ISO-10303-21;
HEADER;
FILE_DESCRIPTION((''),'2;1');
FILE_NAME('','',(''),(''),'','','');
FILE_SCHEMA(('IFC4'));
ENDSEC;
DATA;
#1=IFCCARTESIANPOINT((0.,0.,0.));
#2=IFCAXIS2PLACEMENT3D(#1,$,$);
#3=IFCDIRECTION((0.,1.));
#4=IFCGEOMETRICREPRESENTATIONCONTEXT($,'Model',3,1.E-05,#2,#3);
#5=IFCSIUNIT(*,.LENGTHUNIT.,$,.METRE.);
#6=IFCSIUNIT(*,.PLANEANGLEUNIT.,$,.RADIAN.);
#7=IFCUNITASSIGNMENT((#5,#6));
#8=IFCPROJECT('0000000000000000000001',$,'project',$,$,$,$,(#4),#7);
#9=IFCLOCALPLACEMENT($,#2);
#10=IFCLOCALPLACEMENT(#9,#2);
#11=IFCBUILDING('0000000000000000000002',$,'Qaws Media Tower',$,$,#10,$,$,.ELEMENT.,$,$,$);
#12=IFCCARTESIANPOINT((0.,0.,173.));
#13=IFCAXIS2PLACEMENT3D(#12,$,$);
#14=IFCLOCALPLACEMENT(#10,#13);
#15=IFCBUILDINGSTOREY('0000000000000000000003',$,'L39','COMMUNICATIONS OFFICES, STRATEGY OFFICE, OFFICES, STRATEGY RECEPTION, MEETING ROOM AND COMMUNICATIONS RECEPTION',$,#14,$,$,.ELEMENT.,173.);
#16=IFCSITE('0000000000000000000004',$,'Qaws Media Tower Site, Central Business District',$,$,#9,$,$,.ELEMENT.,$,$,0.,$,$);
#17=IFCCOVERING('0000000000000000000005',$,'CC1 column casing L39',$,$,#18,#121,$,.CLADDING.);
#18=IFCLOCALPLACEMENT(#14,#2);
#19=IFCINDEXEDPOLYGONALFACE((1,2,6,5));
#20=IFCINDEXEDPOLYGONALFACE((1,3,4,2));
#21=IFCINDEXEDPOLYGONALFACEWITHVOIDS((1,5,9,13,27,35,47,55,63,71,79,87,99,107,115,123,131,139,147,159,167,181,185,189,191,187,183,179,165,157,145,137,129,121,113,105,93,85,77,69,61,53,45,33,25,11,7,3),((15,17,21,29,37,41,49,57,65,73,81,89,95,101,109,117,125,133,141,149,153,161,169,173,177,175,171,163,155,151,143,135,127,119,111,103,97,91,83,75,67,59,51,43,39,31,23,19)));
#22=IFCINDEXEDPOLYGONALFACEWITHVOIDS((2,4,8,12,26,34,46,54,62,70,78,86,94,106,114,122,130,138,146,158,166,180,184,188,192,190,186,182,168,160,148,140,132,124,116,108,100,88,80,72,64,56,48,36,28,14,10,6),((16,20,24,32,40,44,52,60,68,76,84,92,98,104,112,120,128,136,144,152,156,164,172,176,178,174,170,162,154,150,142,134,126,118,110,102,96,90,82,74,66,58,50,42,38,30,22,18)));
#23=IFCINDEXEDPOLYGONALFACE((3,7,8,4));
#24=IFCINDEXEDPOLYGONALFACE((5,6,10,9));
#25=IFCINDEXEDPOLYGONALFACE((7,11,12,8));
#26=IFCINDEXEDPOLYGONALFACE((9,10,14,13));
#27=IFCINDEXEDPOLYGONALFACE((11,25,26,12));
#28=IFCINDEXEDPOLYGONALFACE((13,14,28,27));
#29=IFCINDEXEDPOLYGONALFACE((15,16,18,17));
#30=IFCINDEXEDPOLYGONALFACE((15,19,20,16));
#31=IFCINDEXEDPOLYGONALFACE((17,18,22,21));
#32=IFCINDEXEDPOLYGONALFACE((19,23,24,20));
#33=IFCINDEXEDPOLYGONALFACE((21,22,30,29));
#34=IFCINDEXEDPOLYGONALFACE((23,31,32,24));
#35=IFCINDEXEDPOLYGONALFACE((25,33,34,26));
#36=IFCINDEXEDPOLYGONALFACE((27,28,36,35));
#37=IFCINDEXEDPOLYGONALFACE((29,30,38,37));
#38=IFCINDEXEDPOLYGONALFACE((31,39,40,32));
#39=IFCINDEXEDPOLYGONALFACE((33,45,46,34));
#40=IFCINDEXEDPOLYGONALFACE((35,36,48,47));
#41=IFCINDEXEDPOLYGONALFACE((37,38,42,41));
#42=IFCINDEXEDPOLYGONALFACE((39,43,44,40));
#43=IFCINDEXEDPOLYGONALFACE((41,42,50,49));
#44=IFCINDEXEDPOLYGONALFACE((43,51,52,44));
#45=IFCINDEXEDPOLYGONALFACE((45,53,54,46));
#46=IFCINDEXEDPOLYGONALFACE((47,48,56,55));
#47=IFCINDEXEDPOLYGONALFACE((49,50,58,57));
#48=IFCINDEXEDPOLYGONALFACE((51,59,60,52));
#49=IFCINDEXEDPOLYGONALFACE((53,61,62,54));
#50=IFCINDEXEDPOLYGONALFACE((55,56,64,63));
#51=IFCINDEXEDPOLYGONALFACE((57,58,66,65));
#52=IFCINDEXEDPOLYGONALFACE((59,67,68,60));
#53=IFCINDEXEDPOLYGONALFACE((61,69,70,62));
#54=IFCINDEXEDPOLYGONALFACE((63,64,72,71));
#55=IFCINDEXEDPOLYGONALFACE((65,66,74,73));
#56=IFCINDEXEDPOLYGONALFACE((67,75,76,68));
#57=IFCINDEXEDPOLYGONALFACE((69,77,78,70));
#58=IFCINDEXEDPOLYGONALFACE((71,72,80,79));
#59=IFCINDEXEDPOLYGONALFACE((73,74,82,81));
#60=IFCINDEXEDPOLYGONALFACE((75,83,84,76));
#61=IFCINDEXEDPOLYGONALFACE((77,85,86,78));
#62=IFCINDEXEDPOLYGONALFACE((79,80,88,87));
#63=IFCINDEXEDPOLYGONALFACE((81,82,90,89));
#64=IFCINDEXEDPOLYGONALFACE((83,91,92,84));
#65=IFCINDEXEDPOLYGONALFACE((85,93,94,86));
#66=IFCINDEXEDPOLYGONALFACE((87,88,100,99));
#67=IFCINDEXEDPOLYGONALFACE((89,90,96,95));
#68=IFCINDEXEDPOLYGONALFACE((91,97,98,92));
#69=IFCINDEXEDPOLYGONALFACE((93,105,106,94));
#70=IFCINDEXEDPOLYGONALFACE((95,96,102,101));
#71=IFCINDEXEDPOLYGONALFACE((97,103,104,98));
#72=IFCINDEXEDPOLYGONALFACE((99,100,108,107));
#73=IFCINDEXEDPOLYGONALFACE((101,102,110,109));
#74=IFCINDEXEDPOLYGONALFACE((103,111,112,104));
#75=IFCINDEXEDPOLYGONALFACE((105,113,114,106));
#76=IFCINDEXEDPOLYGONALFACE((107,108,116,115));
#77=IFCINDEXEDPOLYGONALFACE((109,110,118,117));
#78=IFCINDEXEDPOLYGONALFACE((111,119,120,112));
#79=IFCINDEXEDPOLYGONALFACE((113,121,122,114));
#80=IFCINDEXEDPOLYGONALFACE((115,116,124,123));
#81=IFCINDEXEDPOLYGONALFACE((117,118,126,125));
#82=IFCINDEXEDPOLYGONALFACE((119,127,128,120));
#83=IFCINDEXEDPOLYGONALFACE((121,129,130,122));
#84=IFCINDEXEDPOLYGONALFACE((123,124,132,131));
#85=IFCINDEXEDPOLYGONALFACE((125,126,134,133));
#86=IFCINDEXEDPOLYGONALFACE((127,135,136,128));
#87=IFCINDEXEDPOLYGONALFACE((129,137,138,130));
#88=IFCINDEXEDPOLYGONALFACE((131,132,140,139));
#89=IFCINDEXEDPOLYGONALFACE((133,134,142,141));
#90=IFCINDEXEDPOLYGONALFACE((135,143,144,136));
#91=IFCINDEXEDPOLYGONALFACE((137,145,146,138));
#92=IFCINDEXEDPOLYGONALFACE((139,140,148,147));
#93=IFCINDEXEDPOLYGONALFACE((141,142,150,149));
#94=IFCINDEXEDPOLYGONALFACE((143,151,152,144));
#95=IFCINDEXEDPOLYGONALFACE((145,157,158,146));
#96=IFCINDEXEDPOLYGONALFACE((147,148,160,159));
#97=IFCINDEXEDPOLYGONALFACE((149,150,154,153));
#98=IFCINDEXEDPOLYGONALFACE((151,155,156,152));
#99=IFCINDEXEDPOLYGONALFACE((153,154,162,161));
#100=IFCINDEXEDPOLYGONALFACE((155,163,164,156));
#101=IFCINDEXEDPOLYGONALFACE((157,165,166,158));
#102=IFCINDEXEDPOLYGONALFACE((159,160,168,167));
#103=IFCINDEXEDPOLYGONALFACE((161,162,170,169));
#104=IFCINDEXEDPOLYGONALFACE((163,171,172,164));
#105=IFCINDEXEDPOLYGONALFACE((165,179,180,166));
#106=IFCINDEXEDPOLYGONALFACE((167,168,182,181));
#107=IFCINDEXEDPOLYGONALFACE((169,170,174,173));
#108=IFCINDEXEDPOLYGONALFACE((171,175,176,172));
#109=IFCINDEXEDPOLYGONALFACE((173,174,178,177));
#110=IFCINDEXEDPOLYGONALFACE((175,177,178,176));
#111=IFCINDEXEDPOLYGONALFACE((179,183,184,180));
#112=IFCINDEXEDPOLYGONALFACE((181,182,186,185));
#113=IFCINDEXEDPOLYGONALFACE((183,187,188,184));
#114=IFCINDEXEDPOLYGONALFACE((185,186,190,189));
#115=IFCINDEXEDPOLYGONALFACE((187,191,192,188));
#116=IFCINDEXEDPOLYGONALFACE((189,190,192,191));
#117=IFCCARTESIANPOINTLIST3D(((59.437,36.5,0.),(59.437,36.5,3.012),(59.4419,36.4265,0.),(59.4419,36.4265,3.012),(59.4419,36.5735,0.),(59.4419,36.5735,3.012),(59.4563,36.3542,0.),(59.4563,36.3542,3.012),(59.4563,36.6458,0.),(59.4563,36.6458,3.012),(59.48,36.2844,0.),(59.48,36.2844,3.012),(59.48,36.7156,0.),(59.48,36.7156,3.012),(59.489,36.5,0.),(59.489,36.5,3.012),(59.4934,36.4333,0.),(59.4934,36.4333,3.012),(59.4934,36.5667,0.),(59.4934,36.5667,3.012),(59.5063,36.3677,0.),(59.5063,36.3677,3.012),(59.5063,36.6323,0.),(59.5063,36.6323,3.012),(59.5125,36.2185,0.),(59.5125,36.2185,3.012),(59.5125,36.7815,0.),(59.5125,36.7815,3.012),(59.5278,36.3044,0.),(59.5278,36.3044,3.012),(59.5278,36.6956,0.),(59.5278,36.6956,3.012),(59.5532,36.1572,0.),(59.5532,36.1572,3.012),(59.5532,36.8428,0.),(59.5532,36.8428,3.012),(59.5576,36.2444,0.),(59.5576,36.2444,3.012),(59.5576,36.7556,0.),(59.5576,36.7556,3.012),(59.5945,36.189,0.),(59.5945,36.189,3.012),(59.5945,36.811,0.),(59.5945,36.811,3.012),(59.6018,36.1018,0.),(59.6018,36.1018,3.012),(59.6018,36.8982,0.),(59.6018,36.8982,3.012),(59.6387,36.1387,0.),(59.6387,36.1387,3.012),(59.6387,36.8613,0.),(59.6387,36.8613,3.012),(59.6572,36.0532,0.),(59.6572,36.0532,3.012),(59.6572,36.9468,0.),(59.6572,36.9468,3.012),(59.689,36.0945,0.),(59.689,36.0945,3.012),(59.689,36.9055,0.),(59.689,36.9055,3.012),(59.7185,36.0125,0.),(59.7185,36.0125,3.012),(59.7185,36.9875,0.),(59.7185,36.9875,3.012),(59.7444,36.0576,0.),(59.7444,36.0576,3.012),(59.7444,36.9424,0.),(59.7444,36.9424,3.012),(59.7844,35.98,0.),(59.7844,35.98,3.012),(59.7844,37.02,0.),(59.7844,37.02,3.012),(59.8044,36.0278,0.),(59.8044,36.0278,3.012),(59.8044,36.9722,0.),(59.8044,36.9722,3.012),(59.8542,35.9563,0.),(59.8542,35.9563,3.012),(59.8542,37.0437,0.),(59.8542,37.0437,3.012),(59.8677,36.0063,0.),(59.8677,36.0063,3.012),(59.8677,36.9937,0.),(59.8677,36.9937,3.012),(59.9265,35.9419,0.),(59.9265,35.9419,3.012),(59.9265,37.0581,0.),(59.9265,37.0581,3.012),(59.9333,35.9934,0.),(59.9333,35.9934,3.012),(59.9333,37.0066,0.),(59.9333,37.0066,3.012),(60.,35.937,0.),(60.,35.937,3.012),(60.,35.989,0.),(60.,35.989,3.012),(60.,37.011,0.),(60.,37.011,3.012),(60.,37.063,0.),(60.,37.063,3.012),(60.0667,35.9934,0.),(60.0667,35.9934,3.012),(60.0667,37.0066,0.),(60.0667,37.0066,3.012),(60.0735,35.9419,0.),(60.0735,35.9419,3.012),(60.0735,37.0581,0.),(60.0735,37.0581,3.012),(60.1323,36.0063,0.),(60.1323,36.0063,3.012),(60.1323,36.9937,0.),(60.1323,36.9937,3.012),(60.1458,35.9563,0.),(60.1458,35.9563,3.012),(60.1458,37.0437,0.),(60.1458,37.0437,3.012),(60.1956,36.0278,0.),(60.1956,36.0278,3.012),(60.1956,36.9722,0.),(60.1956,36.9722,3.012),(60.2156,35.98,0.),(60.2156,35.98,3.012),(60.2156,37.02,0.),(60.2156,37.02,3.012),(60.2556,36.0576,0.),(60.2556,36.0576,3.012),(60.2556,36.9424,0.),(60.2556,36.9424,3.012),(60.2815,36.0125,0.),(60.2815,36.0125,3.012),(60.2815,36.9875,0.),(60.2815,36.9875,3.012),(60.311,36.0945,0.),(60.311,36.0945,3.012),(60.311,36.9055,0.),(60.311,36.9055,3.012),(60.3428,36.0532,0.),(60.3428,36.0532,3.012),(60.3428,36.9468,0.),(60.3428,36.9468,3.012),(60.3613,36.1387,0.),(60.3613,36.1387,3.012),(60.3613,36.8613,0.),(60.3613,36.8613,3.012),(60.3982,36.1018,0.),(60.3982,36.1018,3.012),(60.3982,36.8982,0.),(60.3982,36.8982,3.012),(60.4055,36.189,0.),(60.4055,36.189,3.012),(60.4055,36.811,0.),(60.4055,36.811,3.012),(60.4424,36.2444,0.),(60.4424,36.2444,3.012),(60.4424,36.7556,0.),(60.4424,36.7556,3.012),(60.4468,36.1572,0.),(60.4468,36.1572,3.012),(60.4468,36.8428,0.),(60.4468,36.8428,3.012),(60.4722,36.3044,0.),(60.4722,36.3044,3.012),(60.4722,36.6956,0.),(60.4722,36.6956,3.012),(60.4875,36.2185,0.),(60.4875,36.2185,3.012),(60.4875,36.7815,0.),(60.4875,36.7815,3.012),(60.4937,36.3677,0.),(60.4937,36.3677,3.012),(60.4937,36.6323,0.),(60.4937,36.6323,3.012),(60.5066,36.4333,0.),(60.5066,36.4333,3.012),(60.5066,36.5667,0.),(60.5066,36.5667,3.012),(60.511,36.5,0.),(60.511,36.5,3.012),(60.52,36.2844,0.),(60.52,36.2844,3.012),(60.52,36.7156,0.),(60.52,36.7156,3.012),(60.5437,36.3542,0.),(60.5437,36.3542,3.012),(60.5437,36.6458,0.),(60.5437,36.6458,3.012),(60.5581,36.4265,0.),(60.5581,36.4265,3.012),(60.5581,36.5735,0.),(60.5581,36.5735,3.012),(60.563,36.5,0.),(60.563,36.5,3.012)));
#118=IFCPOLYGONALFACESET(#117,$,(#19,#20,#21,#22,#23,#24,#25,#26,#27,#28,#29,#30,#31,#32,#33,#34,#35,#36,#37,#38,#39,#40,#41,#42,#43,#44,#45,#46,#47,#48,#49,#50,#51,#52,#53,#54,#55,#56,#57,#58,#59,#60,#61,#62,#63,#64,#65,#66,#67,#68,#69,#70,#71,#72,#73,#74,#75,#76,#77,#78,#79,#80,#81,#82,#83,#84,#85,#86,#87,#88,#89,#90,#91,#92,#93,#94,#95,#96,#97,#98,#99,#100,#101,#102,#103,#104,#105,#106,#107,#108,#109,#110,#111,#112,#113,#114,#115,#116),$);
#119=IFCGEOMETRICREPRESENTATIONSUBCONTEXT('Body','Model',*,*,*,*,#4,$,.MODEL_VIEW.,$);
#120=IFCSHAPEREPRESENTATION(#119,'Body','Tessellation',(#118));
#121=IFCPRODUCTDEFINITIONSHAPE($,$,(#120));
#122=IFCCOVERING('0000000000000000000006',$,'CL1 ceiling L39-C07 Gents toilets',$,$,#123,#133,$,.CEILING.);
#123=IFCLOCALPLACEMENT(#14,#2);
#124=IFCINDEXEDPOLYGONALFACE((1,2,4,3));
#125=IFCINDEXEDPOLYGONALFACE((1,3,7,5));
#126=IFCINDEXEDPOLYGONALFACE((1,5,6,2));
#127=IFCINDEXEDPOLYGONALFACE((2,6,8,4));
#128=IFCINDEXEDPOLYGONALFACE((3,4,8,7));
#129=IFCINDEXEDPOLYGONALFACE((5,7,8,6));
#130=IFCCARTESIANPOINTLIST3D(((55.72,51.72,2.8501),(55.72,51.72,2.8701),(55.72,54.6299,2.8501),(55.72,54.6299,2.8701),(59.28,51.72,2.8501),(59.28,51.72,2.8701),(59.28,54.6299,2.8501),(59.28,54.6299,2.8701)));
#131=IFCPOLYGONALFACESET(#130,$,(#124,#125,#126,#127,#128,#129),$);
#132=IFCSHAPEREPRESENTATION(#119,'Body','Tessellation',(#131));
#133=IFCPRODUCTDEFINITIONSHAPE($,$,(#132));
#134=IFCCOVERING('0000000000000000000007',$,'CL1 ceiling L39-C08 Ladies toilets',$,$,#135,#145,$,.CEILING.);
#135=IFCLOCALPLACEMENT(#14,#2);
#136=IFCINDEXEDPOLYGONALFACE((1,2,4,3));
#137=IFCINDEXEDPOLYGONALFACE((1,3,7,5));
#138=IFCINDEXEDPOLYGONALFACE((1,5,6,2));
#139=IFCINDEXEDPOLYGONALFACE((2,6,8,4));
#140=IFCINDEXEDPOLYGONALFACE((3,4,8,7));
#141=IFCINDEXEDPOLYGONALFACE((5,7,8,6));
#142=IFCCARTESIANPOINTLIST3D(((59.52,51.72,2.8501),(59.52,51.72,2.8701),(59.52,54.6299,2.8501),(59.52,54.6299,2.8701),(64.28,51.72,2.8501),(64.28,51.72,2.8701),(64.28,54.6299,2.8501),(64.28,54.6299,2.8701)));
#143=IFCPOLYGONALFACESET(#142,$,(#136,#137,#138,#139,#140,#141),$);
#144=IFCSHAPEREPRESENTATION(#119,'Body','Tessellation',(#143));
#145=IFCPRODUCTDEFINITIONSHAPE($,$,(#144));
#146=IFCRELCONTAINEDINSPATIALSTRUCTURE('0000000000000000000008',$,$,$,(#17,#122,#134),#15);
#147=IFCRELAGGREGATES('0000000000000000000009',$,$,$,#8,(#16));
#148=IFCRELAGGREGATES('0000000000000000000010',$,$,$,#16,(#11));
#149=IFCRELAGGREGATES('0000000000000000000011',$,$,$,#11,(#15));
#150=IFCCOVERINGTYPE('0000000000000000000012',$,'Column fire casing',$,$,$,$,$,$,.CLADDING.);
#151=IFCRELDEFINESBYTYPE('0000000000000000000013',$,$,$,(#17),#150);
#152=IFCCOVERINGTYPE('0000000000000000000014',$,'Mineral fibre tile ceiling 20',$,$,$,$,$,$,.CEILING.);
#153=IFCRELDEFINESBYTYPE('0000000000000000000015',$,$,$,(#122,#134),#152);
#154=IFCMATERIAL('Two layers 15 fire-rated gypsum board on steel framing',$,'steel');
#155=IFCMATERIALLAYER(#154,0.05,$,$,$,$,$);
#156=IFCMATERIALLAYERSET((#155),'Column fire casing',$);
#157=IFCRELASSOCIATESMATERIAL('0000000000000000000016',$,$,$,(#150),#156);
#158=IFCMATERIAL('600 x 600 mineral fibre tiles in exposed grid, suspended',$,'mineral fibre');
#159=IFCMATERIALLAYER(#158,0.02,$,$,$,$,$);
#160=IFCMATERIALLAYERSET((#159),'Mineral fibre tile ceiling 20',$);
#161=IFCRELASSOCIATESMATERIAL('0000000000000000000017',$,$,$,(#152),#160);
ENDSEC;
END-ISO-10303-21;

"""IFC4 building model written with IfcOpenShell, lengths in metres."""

from ifc_helpers import new_model, si_unit, direction, frame, origin, place, context, subcontext, project, spatial, polyline, outline, extrude, material, layer, layer_set, type_object, element, save


model = new_model("IFC4")

# Units and contexts
model_context = context("Model", 3, precision=1e-05, world=origin(), true_north=direction((0.0, 1.0)))
body_context = subcontext(model_context, "Body", "Model", "MODEL_VIEW")
ifc_project = project(units=[si_unit("LENGTHUNIT", "METRE"), si_unit("PLANEANGLEUNIT", "RADIAN")], contexts=[model_context])

# Site, building, storey
site_placement = place(None, origin())
site = spatial("IfcSite", under=ifc_project, at=site_placement, Name="Qaws Media Tower Site, Central Business District", CompositionType="ELEMENT", RefElevation=0.0)
building_placement = place(site_placement, origin())
building = spatial("IfcBuilding", under=site, at=building_placement, Name="Qaws Media Tower", CompositionType="ELEMENT")
storey_placement = place(building_placement, frame((0.0, 0.0, 173.0)))
storey = spatial("IfcBuildingStorey", under=building, at=storey_placement, Name="L39", Description="COMMUNICATIONS OFFICES, STRATEGY OFFICE, OFFICES, STRATEGY RECEPTION, MEETING ROOM AND COMMUNICATIONS RECEPTION", CompositionType="ELEMENT", Elevation=173.0)

# Coverings
ifc_material_1 = material(Name="Two layers 15 fire-rated gypsum board on steel framing", Category="steel")
ifc_layer_1 = layer(ifc_material_1, 0.05)
ifc_layer_set_1 = layer_set([ifc_layer_1], Name="Column fire casing")
covering_type_1 = type_object("IfcCoveringType", Name="Column fire casing", PredefinedType="CLADDING", material=ifc_layer_set_1)
covering_1_placement = place(storey_placement, origin())
element("IfcCovering", 1, at=covering_1_placement, inside=storey, type_object=covering_type_1, Name="CC1 column casing L39", PredefinedType="CLADDING", context=body_context, shape_type="SweptSolid", body=[
    extrude(outline(polyline([(60.563, 36.5), (60.5581, 36.4265), (60.5437, 36.3542), (60.52, 36.2844), (60.4875, 36.2185), (60.4468, 36.1572), (60.3982, 36.1018), (60.3428, 36.0532), (60.2815, 36.0125), (60.2156, 35.98), (60.1458, 35.9563), (60.0735, 35.9419), (60.0, 35.937), (59.9265, 35.9419), (59.8542, 35.9563), (59.7844, 35.98), (59.7185, 36.0125), (59.6572, 36.0532), (59.6018, 36.1018), (59.5532, 36.1572), (59.5125, 36.2185), (59.48, 36.2844), (59.4563, 36.3542), (59.4419, 36.4265), (59.437, 36.5), (59.4419, 36.5735), (59.4563, 36.6458), (59.48, 36.7156), (59.5125, 36.7815), (59.5532, 36.8428), (59.6018, 36.8982), (59.6572, 36.9468), (59.7185, 36.9875), (59.7844, 37.02), (59.8542, 37.0437), (59.9265, 37.0581), (60.0, 37.063), (60.0735, 37.0581), (60.1458, 37.0437), (60.2156, 37.02), (60.2815, 36.9875), (60.3428, 36.9468), (60.3982, 36.8982), (60.4468, 36.8428), (60.4875, 36.7815), (60.52, 36.7156), (60.5437, 36.6458), (60.5581, 36.5735), (60.563, 36.5)]), holes=[polyline([(60.511, 36.5), (60.5066, 36.4333), (60.4937, 36.3677), (60.4722, 36.3044), (60.4424, 36.2444), (60.4055, 36.189), (60.3613, 36.1387), (60.311, 36.0945), (60.2556, 36.0576), (60.1956, 36.0278), (60.1323, 36.0063), (60.0667, 35.9934), (60.0, 35.989), (59.9333, 35.9934), (59.8677, 36.0063), (59.8044, 36.0278), (59.7444, 36.0576), (59.689, 36.0945), (59.6387, 36.1387), (59.5945, 36.189), (59.5576, 36.2444), (59.5278, 36.3044), (59.5063, 36.3677), (59.4934, 36.4333), (59.489, 36.5), (59.4934, 36.5667), (59.5063, 36.6323), (59.5278, 36.6956), (59.5576, 36.7556), (59.5945, 36.811), (59.6387, 36.8613), (59.689, 36.9055), (59.7444, 36.9424), (59.8044, 36.9722), (59.8677, 36.9937), (59.9333, 37.0066), (60.0, 37.011), (60.0667, 37.0066), (60.1323, 36.9937), (60.1956, 36.9722), (60.2556, 36.9424), (60.311, 36.9055), (60.3613, 36.8613), (60.4055, 36.811), (60.4424, 36.7556), (60.4722, 36.6956), (60.4937, 36.6323), (60.5066, 36.5667), (60.511, 36.5)])]), origin(), (0.0, 0.0, 1.0), 3.012),
])
ifc_material_2 = material(Name="600 x 600 mineral fibre tiles in exposed grid, suspended", Category="mineral fibre")
ifc_layer_2 = layer(ifc_material_2, 0.02)
ifc_layer_set_2 = layer_set([ifc_layer_2], Name="Mineral fibre tile ceiling 20")
covering_type_2 = type_object("IfcCoveringType", Name="Mineral fibre tile ceiling 20", PredefinedType="CEILING", material=ifc_layer_set_2)
covering_2_placement = place(storey_placement, frame((0.0, 0.0, 2.8501)))
element("IfcCovering", 2, at=covering_2_placement, inside=storey, type_object=covering_type_2, Name="CL1 ceiling L39-C07 Gents toilets", PredefinedType="CEILING", context=body_context, shape_type="SweptSolid", body=[
    extrude(outline(polyline([(55.72, 51.72), (55.72, 54.6299), (59.28, 54.6299), (59.28, 51.72), (55.72, 51.72)])), origin(), (0.0, 0.0, 1.0), 0.02),
])
covering_3_placement = place(storey_placement, frame((0.0, 0.0, 2.8501)))
element("IfcCovering", 3, at=covering_3_placement, inside=storey, type_object=covering_type_2, Name="CL1 ceiling L39-C08 Ladies toilets", PredefinedType="CEILING", context=body_context, shape_type="SweptSolid", body=[
    extrude(outline(polyline([(59.52, 51.72), (59.52, 54.6299), (64.28, 54.6299), (64.28, 51.72), (59.52, 51.72)])), origin(), (0.0, 0.0, 1.0), 0.02),
])

save(model, "model.ifc")
